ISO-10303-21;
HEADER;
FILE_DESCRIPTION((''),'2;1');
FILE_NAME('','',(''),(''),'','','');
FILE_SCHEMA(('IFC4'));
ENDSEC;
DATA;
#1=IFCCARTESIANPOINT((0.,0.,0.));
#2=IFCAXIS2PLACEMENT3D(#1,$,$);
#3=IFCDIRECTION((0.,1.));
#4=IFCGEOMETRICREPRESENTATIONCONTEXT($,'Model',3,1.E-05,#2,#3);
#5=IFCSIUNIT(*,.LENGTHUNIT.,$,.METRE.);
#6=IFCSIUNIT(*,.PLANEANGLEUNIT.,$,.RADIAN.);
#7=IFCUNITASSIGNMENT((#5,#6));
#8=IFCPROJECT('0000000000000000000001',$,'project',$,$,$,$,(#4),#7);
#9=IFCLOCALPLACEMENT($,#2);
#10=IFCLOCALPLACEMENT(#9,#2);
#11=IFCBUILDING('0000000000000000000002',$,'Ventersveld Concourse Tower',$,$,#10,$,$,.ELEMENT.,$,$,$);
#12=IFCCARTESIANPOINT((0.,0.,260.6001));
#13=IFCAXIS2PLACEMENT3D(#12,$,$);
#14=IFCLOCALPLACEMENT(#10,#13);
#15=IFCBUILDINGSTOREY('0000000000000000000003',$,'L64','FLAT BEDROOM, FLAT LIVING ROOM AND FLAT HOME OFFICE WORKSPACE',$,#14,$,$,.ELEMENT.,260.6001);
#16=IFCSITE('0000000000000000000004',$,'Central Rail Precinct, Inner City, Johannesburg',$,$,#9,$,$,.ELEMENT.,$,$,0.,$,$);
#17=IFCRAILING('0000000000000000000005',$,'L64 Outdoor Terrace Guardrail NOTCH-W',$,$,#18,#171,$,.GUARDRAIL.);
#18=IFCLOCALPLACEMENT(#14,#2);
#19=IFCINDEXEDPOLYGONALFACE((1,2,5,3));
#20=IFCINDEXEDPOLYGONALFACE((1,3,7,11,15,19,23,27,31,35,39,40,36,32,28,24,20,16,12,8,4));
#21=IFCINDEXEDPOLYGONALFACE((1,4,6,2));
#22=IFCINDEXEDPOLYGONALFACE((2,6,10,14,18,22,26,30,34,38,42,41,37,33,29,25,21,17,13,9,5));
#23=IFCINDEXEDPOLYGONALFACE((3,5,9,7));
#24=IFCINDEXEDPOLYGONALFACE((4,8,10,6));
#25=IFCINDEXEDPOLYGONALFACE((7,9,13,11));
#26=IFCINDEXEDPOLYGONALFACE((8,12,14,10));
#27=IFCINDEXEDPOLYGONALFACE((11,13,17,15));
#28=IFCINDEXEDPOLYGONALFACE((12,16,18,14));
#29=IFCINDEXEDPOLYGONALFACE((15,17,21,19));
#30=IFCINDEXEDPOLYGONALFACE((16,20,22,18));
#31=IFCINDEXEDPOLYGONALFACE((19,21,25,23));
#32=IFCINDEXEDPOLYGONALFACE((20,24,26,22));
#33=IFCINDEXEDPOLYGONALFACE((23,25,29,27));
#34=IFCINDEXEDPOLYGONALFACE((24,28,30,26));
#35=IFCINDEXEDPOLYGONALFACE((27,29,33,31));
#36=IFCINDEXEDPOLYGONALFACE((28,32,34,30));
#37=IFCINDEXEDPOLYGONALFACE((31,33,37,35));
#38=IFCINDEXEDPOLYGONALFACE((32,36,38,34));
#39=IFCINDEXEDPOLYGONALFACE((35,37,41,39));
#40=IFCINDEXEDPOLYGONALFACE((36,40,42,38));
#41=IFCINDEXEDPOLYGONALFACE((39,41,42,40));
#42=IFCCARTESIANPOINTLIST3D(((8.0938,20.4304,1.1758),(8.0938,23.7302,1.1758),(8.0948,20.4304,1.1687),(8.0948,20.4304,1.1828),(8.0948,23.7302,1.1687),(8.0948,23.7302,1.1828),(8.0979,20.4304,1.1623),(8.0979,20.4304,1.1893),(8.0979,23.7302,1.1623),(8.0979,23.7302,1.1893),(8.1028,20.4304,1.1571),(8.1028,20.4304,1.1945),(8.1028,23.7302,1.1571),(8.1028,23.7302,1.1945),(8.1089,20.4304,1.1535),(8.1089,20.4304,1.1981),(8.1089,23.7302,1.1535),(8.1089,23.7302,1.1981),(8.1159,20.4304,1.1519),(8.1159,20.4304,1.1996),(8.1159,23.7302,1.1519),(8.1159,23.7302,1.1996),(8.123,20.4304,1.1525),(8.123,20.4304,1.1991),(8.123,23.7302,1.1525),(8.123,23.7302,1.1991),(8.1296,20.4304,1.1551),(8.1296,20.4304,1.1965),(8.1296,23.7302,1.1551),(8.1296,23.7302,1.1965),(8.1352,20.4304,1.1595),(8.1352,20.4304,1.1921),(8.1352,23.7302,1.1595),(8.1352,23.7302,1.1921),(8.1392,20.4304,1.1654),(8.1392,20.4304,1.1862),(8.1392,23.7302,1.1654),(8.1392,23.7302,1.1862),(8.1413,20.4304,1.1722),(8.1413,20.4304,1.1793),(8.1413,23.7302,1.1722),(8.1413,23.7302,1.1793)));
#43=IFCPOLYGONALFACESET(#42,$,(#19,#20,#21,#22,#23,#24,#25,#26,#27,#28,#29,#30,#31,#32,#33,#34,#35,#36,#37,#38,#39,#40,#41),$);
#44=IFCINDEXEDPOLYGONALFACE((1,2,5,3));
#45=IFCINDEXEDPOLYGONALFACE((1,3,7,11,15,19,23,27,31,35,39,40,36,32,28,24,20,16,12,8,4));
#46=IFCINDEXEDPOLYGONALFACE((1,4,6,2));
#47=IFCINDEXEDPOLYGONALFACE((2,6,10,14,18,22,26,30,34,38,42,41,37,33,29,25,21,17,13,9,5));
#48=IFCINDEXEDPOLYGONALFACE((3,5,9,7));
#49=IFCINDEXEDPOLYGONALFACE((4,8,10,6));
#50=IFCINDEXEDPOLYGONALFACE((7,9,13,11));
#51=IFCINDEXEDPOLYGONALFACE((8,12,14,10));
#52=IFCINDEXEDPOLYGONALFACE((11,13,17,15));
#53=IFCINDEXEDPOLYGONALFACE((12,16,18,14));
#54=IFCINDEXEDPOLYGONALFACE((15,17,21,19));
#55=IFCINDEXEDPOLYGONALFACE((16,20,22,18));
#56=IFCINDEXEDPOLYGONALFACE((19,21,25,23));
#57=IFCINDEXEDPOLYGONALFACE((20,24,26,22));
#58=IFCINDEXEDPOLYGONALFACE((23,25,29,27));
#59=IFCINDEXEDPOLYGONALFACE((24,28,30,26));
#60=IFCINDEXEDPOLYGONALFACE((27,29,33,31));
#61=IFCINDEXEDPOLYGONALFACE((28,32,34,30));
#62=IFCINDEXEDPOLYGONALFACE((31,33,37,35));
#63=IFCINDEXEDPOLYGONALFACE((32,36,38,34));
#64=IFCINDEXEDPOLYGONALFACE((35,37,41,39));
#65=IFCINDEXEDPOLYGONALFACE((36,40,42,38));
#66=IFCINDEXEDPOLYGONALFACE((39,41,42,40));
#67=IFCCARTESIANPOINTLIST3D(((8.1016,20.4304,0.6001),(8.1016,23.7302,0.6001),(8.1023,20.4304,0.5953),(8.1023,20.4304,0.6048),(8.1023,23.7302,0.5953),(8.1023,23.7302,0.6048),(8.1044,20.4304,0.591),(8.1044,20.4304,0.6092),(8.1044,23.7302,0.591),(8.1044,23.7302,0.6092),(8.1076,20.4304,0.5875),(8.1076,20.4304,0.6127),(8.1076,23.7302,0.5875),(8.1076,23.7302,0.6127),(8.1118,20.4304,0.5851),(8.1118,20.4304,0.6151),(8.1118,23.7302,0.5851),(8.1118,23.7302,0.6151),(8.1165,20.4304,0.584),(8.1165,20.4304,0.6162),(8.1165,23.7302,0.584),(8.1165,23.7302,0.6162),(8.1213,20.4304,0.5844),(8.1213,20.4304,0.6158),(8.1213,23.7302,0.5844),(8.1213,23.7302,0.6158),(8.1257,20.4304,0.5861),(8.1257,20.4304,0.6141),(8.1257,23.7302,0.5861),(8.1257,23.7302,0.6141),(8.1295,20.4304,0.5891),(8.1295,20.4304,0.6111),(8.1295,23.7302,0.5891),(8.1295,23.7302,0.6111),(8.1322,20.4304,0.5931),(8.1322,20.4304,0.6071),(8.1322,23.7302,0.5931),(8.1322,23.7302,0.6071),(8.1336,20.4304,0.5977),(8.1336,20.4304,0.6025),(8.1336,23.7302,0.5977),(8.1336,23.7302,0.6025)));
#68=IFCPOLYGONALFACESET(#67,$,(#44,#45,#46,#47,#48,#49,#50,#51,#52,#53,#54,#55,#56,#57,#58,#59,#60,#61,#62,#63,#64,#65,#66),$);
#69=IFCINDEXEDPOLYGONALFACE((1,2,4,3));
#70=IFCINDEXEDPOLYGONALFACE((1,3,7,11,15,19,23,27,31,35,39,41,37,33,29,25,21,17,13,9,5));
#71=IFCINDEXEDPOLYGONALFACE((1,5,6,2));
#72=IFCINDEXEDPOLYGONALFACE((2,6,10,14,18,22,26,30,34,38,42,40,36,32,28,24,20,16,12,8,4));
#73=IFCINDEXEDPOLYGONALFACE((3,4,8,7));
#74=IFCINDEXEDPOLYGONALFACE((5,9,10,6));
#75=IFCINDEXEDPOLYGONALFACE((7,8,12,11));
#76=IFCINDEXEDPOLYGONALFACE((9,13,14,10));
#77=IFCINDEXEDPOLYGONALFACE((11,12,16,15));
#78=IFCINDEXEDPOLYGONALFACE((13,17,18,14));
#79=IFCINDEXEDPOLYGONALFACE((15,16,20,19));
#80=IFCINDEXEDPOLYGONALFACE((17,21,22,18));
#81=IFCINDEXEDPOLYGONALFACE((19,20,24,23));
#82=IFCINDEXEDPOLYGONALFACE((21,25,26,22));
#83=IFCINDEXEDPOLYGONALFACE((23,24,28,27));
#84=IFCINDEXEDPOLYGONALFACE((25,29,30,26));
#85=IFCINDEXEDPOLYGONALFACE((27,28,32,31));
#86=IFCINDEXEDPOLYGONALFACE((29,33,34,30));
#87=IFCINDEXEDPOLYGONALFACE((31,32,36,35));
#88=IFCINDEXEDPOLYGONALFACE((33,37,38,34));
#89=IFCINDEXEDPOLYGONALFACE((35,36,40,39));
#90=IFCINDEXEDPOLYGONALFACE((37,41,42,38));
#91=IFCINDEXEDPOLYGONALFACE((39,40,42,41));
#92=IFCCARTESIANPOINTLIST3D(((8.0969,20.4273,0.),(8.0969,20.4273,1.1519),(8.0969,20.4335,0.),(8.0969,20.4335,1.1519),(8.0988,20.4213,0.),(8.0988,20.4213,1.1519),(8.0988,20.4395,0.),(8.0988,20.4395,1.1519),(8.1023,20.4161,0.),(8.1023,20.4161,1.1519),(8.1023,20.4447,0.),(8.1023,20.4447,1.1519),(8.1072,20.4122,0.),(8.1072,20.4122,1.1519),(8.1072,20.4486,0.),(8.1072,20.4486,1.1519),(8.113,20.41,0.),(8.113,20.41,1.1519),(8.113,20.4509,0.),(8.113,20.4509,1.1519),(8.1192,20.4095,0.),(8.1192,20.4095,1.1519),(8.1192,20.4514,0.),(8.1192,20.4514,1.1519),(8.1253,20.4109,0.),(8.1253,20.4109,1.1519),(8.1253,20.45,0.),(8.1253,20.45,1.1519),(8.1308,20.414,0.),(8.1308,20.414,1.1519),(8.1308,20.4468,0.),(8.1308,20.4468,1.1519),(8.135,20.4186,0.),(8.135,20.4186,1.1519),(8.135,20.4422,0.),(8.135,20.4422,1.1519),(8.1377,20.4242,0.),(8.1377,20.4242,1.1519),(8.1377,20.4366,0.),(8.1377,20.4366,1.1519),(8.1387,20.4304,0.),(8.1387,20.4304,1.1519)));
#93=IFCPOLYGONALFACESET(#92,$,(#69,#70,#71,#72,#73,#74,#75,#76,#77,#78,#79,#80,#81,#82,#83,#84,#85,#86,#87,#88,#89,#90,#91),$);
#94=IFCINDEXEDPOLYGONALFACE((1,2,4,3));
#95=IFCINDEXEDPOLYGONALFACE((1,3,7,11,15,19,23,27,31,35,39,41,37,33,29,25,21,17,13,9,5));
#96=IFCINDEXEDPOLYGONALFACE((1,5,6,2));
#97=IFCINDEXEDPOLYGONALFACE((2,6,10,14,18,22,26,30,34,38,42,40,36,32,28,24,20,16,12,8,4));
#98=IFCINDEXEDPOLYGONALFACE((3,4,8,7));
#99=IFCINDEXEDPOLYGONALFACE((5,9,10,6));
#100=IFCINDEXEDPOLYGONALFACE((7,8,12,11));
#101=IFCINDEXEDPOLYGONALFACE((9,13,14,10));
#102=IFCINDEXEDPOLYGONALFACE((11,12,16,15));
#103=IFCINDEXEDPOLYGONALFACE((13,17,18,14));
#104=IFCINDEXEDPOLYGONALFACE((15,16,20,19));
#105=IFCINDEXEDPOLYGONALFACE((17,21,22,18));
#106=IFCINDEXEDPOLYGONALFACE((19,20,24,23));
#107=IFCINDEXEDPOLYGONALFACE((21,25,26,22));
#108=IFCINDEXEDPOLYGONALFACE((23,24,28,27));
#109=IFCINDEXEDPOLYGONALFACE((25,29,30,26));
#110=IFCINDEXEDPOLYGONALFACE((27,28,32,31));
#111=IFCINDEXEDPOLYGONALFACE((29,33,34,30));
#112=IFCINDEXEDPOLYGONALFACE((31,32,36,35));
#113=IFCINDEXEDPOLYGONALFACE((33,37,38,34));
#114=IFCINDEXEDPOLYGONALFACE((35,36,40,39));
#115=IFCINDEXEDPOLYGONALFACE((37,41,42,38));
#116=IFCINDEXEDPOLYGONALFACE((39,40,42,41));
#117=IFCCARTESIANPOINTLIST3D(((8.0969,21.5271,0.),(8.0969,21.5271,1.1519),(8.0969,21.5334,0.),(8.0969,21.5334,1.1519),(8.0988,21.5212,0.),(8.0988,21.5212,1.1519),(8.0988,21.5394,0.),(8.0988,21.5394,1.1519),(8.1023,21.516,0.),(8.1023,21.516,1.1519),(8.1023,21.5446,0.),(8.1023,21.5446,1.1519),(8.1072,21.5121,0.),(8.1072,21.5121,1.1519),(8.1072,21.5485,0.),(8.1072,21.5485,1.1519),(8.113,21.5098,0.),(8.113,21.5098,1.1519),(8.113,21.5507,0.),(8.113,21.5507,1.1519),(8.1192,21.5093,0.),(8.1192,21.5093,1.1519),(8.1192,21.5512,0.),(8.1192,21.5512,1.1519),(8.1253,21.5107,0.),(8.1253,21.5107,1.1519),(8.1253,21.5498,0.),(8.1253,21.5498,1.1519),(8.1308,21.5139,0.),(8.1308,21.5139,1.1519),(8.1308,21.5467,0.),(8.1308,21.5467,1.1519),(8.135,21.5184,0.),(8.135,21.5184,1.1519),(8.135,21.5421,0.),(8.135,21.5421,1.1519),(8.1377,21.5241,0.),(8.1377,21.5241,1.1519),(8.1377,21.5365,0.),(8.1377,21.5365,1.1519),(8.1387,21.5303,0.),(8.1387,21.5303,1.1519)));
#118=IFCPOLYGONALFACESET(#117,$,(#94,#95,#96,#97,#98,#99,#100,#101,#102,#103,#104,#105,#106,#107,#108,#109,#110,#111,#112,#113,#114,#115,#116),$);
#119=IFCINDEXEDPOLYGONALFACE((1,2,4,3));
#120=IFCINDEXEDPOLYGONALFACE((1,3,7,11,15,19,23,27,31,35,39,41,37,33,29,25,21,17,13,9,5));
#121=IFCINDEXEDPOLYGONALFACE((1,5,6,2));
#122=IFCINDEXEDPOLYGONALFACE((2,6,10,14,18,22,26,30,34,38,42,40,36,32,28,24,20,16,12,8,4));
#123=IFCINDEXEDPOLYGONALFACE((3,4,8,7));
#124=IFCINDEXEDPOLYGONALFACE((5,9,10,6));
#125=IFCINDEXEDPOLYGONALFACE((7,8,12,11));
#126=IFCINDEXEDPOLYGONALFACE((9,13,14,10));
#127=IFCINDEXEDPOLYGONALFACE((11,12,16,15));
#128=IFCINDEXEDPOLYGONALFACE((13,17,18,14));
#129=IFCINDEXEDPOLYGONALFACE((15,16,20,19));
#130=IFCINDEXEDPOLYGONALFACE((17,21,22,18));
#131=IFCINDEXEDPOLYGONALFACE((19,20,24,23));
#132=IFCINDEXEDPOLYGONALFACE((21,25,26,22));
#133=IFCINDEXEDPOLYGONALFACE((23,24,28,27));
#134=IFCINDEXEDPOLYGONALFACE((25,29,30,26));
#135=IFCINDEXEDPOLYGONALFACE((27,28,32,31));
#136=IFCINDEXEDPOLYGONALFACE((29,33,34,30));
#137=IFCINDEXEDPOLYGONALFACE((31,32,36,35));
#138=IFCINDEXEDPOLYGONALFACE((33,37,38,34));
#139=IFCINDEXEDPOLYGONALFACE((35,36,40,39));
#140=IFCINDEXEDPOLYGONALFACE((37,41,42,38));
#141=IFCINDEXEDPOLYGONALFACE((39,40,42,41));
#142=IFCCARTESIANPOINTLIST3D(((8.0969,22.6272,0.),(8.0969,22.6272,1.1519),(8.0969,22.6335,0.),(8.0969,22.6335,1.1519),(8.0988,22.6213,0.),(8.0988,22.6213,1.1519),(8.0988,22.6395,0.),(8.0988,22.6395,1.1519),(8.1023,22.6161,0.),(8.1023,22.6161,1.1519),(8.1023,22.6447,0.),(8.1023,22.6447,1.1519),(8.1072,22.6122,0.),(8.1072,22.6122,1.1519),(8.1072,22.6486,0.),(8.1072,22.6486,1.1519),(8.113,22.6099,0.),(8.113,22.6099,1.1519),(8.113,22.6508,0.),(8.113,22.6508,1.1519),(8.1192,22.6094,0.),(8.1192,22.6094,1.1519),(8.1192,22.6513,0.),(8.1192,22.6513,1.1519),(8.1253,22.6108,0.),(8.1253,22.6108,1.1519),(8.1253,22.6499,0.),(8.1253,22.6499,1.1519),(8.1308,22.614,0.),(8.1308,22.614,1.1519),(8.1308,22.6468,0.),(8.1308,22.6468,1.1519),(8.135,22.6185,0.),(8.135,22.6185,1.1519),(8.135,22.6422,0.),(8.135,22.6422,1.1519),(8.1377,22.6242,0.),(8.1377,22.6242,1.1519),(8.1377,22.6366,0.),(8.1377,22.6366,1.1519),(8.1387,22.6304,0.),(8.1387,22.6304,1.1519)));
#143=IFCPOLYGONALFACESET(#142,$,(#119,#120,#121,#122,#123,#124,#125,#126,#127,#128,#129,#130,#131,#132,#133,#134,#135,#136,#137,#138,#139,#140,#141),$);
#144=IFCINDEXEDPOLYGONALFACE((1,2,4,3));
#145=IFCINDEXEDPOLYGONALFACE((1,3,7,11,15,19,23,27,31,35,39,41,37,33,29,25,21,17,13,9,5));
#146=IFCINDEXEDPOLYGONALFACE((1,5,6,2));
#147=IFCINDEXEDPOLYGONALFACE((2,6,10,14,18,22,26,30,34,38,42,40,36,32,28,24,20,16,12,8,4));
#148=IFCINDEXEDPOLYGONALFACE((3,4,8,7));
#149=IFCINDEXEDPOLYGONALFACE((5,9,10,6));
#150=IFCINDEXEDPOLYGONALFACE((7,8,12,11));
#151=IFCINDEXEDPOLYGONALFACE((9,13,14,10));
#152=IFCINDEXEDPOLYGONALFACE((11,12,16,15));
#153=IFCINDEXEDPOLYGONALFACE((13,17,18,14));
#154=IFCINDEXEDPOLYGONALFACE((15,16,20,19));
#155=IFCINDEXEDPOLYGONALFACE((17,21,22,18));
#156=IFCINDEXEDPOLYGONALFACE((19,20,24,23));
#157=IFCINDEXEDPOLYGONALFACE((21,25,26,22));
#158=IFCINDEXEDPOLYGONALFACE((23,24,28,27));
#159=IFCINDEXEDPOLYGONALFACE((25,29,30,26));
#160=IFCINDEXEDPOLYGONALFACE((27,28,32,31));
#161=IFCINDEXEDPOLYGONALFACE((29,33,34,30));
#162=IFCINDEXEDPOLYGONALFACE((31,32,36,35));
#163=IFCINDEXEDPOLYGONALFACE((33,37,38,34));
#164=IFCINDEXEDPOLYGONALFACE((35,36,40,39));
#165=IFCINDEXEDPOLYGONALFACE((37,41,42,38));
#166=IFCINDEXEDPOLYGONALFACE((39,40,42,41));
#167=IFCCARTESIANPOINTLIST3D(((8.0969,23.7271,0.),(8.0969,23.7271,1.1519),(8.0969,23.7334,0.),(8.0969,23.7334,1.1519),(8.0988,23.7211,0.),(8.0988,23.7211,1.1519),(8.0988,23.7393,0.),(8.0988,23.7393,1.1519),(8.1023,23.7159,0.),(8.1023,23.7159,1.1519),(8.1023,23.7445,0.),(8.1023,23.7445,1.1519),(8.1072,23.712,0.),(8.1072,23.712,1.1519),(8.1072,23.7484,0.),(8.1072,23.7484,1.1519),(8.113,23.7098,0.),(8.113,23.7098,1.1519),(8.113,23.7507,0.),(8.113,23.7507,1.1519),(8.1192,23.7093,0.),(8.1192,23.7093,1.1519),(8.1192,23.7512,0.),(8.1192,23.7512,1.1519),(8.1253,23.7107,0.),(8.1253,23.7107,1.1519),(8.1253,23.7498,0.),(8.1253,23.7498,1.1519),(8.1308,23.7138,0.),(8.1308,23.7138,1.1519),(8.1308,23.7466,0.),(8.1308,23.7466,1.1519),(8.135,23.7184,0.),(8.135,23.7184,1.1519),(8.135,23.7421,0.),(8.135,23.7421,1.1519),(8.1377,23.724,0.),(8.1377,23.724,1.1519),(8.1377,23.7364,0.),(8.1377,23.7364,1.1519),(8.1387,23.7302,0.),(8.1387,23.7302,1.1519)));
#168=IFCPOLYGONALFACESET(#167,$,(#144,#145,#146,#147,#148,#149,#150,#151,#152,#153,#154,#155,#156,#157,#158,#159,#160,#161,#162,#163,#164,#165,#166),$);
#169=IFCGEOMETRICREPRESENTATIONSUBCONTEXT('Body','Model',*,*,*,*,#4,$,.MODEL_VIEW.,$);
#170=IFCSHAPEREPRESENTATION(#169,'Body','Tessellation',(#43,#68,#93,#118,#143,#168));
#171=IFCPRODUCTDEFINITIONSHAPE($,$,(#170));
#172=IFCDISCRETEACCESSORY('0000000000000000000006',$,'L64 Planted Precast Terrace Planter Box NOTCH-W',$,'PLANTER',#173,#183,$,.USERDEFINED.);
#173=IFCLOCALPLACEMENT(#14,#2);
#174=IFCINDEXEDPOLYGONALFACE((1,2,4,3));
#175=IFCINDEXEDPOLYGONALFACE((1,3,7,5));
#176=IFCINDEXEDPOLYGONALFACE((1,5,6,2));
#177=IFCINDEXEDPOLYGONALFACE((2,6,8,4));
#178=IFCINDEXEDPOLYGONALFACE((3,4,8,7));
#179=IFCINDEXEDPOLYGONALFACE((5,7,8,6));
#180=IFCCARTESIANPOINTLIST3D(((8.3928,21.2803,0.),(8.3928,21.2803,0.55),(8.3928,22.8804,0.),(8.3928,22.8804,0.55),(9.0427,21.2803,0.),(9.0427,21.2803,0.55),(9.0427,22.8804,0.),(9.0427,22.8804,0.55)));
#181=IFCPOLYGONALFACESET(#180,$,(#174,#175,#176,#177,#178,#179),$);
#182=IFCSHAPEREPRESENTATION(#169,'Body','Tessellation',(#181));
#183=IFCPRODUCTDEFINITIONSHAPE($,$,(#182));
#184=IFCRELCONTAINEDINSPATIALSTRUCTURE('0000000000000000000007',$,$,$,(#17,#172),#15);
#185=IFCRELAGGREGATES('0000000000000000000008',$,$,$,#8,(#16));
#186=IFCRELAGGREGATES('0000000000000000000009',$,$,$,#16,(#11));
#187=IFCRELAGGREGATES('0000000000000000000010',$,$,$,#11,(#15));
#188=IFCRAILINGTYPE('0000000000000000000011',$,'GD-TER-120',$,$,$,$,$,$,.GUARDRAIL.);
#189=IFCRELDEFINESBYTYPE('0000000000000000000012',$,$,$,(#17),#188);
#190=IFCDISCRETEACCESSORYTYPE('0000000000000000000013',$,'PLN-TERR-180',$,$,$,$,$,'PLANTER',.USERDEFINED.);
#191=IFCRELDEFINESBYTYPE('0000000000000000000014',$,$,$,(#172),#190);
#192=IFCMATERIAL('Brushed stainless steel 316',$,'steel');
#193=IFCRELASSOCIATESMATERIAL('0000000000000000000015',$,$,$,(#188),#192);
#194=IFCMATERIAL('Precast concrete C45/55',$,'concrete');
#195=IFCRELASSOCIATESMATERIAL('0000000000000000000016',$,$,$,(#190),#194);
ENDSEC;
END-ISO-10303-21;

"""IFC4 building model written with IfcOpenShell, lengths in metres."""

from ifc_helpers import new_model, si_unit, direction, frame, origin, origin_2d, place, context, subcontext, project, spatial, rectangle, circle, extrude, material, type_object, element, save


model = new_model("IFC4")

# Units and contexts
model_context = context("Model", 3, precision=1e-05, world=origin(), true_north=direction((0.0, 1.0)))
body_context = subcontext(model_context, "Body", "Model", "MODEL_VIEW")
ifc_project = project(units=[si_unit("LENGTHUNIT", "METRE"), si_unit("PLANEANGLEUNIT", "RADIAN")], contexts=[model_context])

# Site, building, storey
site_placement = place(None, origin())
site = spatial("IfcSite", under=ifc_project, at=site_placement, Name="Central Rail Precinct, Inner City, Johannesburg", CompositionType="ELEMENT", RefElevation=0.0)
building_placement = place(site_placement, origin())
building = spatial("IfcBuilding", under=site, at=building_placement, Name="Ventersveld Concourse Tower", CompositionType="ELEMENT")
storey_placement = place(building_placement, frame((0.0, 0.0, 260.6001)))
storey = spatial("IfcBuildingStorey", under=building, at=storey_placement, Name="L64", Description="FLAT BEDROOM, FLAT LIVING ROOM AND FLAT HOME OFFICE WORKSPACE", CompositionType="ELEMENT", Elevation=260.6001)

# Shared definitions
ifc_material_1 = material(Name="Precast concrete C45/55", Category="concrete")

# Railing
ifc_material_2 = material(Name="Brushed stainless steel 316", Category="steel")
railing_type = type_object("IfcRailingType", Name="GD-TER-120", PredefinedType="GUARDRAIL", material=ifc_material_2)
railing_placement = place(storey_placement, frame((8.1177, 20.4304, 0.0)))
element("IfcRailing", 1, at=railing_placement, inside=storey, type_object=railing_type, Name="L64 Outdoor Terrace Guardrail NOTCH-W", PredefinedType="GUARDRAIL", context=body_context, shape_type="SweptSolid", body=[
    extrude(circle(Radius=0.0239, at=origin_2d()), frame((0.0, 0.0, 1.1758), z_axis=(0.0, 1.0, 0.0), x_axis=(-1.0, 0.0, 0.0)), (0.0, 0.0, 1.0), 3.2998),
    extrude(circle(Radius=0.0161, at=origin_2d()), frame((0.0, 0.0, 0.6001), z_axis=(0.0, 1.0, 0.0), x_axis=(-1.0, 0.0, 0.0)), (0.0, 0.0, 1.0), 3.2998),
    extrude(circle(Radius=0.021, at=origin_2d()), origin(), (0.0, 0.0, 1.0), 1.1519),
    extrude(circle(Radius=0.021, at=origin_2d()), frame((0.0, 1.0999, 0.0)), (0.0, 0.0, 1.0), 1.1519),
    extrude(circle(Radius=0.021, at=origin_2d()), frame((0.0, 2.2, 0.0)), (0.0, 0.0, 1.0), 1.1519),
    extrude(circle(Radius=0.021, at=origin_2d()), frame((0.0, 3.2998, 0.0)), (0.0, 0.0, 1.0), 1.1519),
])

# Discrete accessory
discrete_accessory_type = type_object("IfcDiscreteAccessoryType", Name="PLN-TERR-180", ElementType="PLANTER", PredefinedType="USERDEFINED", material=ifc_material_1)
discrete_accessory_placement = place(storey_placement, frame((8.7178, 22.0803, 0.0), z_axis=(0.0, 0.0, 1.0), x_axis=(0.0, 1.0, 0.0)))
element("IfcDiscreteAccessory", 2, at=discrete_accessory_placement, inside=storey, type_object=discrete_accessory_type, Name="L64 Planted Precast Terrace Planter Box NOTCH-W", ObjectType="PLANTER", PredefinedType="USERDEFINED", context=body_context, shape_type="SweptSolid", body=[
    extrude(rectangle(XDim=1.6001, YDim=0.6499, at=origin_2d()), origin(), (0.0, 0.0, 1.0), 0.55),
])

save(model, "model.ifc")
